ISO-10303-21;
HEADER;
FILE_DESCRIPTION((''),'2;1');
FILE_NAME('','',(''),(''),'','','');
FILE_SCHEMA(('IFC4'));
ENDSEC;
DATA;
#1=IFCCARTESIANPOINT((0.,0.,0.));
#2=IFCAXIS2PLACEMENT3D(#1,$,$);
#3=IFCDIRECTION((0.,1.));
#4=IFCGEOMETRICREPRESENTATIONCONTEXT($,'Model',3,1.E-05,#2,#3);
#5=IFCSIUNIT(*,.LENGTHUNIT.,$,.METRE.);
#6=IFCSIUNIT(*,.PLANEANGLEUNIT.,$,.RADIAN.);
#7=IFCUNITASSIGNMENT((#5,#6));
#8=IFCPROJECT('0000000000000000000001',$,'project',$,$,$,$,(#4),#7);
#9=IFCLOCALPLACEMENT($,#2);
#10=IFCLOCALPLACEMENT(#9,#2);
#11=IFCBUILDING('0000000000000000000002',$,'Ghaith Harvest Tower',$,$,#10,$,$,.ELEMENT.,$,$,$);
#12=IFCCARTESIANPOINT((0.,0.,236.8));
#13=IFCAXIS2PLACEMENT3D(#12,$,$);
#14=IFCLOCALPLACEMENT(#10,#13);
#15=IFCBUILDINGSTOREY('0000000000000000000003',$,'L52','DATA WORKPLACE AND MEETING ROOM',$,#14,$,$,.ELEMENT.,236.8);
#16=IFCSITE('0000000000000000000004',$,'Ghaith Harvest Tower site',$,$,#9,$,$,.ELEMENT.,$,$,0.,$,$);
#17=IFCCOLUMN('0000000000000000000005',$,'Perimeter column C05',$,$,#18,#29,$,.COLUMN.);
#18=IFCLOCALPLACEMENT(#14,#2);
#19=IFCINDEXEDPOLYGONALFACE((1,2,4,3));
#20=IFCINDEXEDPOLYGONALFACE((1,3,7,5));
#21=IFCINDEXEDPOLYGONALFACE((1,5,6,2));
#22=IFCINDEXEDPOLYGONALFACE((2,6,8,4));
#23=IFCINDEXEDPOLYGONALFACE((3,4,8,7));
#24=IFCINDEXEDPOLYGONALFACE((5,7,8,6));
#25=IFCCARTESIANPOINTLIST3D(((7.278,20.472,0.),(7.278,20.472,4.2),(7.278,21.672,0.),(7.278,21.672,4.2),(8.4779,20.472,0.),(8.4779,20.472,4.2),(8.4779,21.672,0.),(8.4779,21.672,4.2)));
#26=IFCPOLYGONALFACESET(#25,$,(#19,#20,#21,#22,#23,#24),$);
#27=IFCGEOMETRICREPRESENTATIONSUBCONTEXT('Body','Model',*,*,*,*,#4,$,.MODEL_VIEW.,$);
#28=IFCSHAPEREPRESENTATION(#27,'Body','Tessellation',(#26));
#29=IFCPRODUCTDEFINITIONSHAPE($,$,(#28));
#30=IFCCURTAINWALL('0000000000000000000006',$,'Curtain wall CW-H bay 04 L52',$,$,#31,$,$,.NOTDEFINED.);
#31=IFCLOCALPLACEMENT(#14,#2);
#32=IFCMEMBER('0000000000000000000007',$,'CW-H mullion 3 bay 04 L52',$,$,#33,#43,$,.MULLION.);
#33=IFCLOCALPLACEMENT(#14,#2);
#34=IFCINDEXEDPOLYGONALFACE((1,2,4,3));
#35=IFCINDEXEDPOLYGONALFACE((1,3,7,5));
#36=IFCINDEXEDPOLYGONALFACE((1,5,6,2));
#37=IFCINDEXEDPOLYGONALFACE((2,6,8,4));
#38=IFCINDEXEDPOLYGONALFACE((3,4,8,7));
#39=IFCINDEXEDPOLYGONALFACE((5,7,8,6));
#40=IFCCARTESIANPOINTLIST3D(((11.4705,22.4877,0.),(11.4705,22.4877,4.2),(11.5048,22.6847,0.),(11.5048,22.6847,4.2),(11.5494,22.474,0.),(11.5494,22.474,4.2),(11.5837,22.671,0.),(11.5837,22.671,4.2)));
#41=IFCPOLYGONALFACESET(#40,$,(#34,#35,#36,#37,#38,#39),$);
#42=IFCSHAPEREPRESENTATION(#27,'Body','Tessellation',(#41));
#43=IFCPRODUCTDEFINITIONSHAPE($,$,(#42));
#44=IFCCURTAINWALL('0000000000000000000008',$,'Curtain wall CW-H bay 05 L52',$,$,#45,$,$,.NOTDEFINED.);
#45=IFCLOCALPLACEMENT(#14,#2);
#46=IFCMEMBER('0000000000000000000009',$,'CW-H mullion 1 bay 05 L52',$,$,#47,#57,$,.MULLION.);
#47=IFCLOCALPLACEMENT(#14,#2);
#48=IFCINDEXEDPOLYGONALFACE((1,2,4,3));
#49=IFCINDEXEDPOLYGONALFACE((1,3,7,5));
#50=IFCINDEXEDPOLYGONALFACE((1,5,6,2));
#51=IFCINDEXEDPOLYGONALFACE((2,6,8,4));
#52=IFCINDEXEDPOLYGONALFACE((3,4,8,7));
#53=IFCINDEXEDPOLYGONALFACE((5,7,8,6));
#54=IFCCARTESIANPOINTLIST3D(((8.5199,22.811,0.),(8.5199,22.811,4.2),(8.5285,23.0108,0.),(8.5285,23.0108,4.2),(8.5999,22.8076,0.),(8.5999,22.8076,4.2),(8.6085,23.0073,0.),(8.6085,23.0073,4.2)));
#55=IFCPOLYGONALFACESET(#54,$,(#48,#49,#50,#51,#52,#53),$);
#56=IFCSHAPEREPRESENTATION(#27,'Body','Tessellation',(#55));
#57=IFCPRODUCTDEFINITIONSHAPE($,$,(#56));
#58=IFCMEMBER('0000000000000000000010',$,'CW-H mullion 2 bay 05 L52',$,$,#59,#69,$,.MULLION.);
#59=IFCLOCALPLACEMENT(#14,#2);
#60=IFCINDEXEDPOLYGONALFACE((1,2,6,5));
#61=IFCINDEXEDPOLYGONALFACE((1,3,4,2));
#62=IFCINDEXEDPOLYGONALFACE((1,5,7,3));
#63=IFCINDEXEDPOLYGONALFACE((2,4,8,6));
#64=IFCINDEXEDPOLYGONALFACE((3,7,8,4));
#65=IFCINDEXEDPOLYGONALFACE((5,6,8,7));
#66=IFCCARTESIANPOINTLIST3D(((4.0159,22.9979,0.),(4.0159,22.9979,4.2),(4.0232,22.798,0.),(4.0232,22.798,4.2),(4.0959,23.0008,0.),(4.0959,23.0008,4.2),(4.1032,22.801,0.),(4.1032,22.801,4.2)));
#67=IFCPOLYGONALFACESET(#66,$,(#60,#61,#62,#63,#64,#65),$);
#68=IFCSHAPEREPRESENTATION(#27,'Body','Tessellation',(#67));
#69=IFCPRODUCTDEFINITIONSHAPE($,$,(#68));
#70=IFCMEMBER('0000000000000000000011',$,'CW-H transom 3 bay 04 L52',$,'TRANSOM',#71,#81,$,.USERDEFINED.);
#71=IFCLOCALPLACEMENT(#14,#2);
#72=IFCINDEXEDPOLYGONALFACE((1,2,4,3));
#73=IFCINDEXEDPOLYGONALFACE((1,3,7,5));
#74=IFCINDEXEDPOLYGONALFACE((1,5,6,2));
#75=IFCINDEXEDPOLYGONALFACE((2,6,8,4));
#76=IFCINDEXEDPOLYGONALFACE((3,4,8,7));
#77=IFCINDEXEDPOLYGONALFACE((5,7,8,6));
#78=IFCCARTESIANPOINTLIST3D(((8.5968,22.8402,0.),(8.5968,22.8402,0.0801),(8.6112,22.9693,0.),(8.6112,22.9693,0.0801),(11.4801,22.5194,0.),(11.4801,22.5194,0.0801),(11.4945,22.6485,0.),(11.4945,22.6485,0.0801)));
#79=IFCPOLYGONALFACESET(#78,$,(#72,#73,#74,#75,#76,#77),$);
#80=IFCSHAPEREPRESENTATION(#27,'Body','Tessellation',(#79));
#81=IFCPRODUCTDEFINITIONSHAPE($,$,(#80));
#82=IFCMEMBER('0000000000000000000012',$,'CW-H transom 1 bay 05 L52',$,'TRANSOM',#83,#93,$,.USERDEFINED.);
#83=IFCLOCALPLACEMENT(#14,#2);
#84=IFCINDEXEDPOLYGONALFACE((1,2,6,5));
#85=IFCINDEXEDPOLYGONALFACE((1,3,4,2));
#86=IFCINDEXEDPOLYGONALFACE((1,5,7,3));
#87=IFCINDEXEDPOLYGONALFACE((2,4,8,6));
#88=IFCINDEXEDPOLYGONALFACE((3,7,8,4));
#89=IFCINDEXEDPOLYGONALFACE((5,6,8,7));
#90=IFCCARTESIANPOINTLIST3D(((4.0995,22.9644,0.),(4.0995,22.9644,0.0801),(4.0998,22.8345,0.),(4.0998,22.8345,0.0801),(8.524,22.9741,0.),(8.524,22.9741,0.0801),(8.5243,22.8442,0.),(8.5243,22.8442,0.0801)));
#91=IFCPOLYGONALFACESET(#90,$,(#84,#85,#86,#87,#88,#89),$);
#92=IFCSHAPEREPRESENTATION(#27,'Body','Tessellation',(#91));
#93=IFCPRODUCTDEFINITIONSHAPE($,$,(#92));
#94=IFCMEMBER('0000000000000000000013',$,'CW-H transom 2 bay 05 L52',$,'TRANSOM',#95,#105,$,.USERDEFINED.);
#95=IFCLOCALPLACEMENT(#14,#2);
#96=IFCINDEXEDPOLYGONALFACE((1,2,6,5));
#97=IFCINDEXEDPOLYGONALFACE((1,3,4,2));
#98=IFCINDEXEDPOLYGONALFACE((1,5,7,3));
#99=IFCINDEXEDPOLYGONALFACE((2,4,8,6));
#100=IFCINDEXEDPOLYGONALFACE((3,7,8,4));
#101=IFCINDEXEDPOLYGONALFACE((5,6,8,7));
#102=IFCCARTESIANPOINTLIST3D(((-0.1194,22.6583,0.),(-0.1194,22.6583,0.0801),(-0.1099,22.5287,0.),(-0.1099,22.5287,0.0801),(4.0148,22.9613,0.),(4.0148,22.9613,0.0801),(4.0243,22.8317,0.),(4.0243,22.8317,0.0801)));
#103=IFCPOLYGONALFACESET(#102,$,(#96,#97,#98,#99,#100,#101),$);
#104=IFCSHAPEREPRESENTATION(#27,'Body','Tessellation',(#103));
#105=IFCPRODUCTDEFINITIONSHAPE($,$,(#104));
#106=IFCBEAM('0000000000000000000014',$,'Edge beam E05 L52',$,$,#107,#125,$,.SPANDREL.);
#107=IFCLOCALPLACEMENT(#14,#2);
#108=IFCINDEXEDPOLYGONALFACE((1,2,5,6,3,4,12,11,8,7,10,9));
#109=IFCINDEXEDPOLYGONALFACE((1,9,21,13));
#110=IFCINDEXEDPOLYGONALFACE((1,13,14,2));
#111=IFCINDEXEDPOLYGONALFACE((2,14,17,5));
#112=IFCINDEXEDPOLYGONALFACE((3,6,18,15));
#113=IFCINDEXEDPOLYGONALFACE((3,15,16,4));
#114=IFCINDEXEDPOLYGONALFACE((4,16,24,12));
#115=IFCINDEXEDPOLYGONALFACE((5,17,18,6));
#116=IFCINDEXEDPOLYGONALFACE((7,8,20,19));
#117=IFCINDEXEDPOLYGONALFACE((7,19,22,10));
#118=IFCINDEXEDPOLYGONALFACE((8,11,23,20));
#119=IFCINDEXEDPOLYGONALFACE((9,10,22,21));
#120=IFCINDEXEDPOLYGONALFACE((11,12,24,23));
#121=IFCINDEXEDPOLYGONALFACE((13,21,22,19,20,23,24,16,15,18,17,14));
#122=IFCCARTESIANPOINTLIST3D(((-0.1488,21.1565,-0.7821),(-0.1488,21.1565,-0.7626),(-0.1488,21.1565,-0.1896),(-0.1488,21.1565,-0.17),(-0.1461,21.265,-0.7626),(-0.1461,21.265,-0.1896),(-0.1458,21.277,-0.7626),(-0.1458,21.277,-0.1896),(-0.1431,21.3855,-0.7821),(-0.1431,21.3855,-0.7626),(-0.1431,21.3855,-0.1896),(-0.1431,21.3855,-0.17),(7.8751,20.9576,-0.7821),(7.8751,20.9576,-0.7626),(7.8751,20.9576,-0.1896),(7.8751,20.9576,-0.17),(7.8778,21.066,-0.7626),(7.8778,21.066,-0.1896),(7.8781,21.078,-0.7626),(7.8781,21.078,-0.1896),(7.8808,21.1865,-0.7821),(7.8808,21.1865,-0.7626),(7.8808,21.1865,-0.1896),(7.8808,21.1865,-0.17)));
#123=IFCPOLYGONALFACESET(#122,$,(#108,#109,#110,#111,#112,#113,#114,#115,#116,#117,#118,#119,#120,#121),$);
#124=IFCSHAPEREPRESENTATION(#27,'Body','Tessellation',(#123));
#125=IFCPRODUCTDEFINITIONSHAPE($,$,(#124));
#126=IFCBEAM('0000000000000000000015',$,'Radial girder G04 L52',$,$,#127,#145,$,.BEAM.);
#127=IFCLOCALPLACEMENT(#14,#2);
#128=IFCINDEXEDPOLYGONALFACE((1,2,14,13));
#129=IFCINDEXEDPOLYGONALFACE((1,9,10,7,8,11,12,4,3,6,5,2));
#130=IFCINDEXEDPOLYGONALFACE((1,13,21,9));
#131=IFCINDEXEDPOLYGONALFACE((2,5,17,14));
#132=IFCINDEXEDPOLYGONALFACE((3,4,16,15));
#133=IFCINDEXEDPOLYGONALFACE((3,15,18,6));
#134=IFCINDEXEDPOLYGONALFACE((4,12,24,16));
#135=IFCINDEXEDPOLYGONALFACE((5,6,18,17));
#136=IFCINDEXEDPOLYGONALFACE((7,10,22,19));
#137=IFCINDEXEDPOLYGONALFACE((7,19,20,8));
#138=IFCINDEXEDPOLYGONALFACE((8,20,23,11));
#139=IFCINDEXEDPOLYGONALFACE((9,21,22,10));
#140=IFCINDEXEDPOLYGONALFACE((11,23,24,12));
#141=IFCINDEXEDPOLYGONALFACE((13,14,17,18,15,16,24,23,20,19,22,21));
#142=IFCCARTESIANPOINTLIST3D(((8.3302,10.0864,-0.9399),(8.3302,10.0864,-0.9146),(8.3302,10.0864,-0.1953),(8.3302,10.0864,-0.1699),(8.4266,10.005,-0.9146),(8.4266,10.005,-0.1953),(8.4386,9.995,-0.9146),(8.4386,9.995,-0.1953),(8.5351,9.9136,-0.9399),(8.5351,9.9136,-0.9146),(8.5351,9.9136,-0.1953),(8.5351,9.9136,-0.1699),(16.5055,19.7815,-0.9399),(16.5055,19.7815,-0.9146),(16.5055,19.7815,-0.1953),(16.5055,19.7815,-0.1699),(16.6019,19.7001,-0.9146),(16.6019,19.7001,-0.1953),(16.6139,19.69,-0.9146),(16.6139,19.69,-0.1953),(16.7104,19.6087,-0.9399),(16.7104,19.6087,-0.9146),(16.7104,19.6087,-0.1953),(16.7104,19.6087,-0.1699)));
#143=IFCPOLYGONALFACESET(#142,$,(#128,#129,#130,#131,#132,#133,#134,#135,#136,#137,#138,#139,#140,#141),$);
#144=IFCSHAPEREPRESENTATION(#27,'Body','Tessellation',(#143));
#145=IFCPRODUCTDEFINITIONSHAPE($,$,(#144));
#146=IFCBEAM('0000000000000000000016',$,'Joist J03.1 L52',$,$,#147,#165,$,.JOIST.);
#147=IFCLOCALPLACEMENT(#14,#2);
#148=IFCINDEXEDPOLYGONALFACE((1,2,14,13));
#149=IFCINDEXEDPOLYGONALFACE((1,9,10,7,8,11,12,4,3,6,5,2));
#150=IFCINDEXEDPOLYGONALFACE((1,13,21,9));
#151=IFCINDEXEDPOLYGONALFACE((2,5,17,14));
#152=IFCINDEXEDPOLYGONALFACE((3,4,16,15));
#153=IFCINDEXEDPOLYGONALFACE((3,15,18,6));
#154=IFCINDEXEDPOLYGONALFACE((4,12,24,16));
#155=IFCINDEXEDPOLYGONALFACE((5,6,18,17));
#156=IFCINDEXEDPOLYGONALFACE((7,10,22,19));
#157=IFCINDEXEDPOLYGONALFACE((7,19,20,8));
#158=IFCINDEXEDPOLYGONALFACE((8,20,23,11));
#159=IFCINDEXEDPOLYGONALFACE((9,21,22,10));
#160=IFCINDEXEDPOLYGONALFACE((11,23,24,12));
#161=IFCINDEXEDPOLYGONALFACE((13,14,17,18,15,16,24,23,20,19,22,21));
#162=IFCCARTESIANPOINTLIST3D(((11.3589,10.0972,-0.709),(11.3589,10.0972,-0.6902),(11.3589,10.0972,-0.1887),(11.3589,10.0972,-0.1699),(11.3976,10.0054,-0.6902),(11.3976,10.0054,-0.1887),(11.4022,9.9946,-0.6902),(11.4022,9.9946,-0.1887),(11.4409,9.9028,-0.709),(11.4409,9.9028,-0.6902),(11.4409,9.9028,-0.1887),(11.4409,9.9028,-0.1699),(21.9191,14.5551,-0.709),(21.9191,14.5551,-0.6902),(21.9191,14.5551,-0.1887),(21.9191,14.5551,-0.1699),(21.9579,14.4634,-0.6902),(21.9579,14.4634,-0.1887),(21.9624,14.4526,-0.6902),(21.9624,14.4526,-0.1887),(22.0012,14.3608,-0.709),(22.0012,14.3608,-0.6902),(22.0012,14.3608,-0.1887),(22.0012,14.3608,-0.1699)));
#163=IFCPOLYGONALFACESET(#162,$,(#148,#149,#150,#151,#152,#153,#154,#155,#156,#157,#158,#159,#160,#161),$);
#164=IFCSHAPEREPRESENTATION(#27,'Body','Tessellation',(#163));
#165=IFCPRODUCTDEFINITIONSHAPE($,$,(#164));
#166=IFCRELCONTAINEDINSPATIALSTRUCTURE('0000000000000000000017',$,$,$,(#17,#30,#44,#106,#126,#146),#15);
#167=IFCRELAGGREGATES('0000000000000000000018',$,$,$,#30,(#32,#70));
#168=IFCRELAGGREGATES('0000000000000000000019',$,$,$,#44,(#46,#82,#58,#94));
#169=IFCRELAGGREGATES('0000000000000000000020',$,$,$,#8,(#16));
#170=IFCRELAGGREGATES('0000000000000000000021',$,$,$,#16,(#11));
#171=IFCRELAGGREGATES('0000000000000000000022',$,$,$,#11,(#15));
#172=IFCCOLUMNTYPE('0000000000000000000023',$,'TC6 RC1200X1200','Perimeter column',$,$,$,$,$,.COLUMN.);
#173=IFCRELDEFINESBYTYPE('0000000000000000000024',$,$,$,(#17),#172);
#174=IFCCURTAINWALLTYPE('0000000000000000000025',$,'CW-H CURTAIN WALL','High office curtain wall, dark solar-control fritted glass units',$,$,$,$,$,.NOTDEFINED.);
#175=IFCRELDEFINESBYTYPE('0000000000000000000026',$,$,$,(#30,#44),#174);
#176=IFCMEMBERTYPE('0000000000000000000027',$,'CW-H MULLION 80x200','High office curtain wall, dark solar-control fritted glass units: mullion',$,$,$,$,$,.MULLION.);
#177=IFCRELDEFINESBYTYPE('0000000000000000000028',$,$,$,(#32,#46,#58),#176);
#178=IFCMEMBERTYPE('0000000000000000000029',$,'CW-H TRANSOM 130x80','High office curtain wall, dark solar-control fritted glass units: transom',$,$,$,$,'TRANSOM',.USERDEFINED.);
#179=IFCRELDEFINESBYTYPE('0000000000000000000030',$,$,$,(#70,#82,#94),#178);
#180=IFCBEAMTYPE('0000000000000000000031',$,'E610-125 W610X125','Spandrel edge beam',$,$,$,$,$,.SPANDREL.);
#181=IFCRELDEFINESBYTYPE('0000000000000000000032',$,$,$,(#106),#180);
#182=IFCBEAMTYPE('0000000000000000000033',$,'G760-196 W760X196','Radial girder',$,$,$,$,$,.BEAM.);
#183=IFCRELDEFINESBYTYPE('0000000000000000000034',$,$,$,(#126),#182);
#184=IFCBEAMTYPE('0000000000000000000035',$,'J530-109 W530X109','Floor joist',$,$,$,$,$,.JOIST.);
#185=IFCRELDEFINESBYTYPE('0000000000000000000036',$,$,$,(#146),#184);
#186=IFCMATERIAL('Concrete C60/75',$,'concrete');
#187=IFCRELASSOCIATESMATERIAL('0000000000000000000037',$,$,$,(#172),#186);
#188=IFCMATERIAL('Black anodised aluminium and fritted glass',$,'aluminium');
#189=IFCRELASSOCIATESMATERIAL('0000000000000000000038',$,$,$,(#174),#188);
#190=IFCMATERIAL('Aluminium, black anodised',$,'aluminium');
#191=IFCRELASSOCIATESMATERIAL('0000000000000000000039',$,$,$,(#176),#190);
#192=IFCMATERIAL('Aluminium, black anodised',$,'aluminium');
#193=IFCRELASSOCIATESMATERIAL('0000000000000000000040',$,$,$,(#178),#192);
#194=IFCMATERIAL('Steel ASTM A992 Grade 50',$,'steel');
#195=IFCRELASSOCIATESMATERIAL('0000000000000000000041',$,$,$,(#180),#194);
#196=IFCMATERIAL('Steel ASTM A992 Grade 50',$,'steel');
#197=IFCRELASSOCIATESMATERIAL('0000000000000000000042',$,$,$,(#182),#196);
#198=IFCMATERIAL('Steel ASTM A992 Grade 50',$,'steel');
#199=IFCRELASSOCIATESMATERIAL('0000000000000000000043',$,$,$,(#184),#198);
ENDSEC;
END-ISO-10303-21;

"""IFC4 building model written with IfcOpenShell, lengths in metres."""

from ifc_helpers import new_model, si_unit, direction, frame, origin, origin_2d, place, context, subcontext, project, spatial, rectangle, i_section, extrude, material, material_profile, profile_set, type_object, element, aggregate, save


model = new_model("IFC4")

# Units and contexts
model_context = context("Model", 3, precision=1e-05, world=origin(), true_north=direction((0.0, 1.0)))
body_context = subcontext(model_context, "Body", "Model", "MODEL_VIEW")
ifc_project = project(units=[si_unit("LENGTHUNIT", "METRE"), si_unit("PLANEANGLEUNIT", "RADIAN")], contexts=[model_context])

# Site, building, storey
site_placement = place(None, origin())
site = spatial("IfcSite", under=ifc_project, at=site_placement, Name="Ghaith Harvest Tower site", CompositionType="ELEMENT", RefElevation=0.0)
building_placement = place(site_placement, origin())
building = spatial("IfcBuilding", under=site, at=building_placement, Name="Ghaith Harvest Tower", CompositionType="ELEMENT")
storey_placement = place(building_placement, frame((0.0, 0.0, 236.8)))
storey = spatial("IfcBuildingStorey", under=building, at=storey_placement, Name="L52", Description="DATA WORKPLACE AND MEETING ROOM", CompositionType="ELEMENT", Elevation=236.8)

# Column
ifc_material_1 = material(Name="Concrete C60/75", Category="concrete")
ifc_material_profile_1 = material_profile(ifc_material_1, rectangle(XDim=1.2, YDim=1.2, at=origin_2d()), Name="RC1200X1200")
ifc_profile_set_1 = profile_set([ifc_material_profile_1], Name="Concrete C60/75")
column_type = type_object("IfcColumnType", Name="TC6 RC1200X1200", Description="Perimeter column", PredefinedType="COLUMN", material=ifc_profile_set_1)
column_placement = place(storey_placement, frame((7.8779, 21.072, 0.0), z_axis=(0.0, 0.0, 1.0), x_axis=(1.0, 0.0, 0.0)))
element("IfcColumn", 1, at=column_placement, inside=storey, type_object=column_type, Name="Perimeter column C05", PredefinedType="COLUMN", context=body_context, shape_type="SweptSolid", body=[
    extrude(rectangle(XDim=1.2, YDim=1.2, at=origin_2d()), origin(), (0.0, 0.0, 1.0), 4.2),
])

# Curtain wall, member
ifc_material_2 = material(Name="Black anodised aluminium and fritted glass", Category="aluminium")
curtain_wall_type = type_object("IfcCurtainWallType", Name="CW-H CURTAIN WALL", Description="High office curtain wall, dark solar-control fritted glass units", PredefinedType="NOTDEFINED", material=ifc_material_2)
curtain_wall_1_placement = place(storey_placement, origin())
curtain_wall_1 = element("IfcCurtainWall", 2, at=curtain_wall_1_placement, inside=storey, type_object=curtain_wall_type, Name="Curtain wall CW-H bay 04 L52", PredefinedType="NOTDEFINED")
ifc_material_3 = material(Name="Aluminium, black anodised", Category="aluminium")
ifc_material_profile_2 = material_profile(ifc_material_3, rectangle(XDim=0.0801, YDim=0.2, at=origin_2d()), Name="CW-H MULLION 80x200")
ifc_profile_set_2 = profile_set([ifc_material_profile_2], Name="Aluminium, black anodised")
member_type_1 = type_object("IfcMemberType", Name="CW-H MULLION 80x200", Description="High office curtain wall, dark solar-control fritted glass units: mullion", PredefinedType="MULLION", material=ifc_profile_set_2)
member_1_placement = place(storey_placement, frame((11.5271, 22.5793, 0.0), z_axis=(0.0, 0.0, 1.0), x_axis=(-0.985193, 0.171447, 0.0)))
member_1 = element("IfcMember", 3, at=member_1_placement, type_object=member_type_1, Name="CW-H mullion 3 bay 04 L52", PredefinedType="MULLION", context=body_context, shape_type="SweptSolid", body=[
    extrude(rectangle(XDim=0.0801, YDim=0.2, at=origin_2d()), origin(), (0.0, 0.0, 1.0), 4.2),
])

# Curtain wall, members
curtain_wall_2_placement = place(storey_placement, origin())
curtain_wall_2 = element("IfcCurtainWall", 4, at=curtain_wall_2_placement, inside=storey, type_object=curtain_wall_type, Name="Curtain wall CW-H bay 05 L52", PredefinedType="NOTDEFINED")
member_2_placement = place(storey_placement, frame((8.5642, 22.9092, 0.0), z_axis=(0.0, 0.0, 1.0), x_axis=(-0.999084, 0.042803, 0.0)))
member_2 = element("IfcMember", 5, at=member_2_placement, type_object=member_type_1, Name="CW-H mullion 1 bay 05 L52", PredefinedType="MULLION", context=body_context, shape_type="SweptSolid", body=[
    extrude(rectangle(XDim=0.0801, YDim=0.2, at=origin_2d()), origin(), (0.0, 0.0, 1.0), 4.2),
])
member_3_placement = place(storey_placement, frame((4.0596, 22.8994, 0.0), z_axis=(0.0, 0.0, 1.0), x_axis=(-0.999333, -0.036524, 0.0)))
member_3 = element("IfcMember", 6, at=member_3_placement, type_object=member_type_1, Name="CW-H mullion 2 bay 05 L52", PredefinedType="MULLION", context=body_context, shape_type="SweptSolid", body=[
    extrude(rectangle(XDim=0.0801, YDim=0.2, at=origin_2d()), origin(), (0.0, 0.0, 1.0), 4.2),
])

# Members
ifc_material_4 = material(Name="Aluminium, black anodised", Category="aluminium")
ifc_material_profile_3 = material_profile(ifc_material_4, rectangle(XDim=0.1299, YDim=0.0801, at=origin_2d()), Name="CW-H TRANSOM 130x80")
ifc_profile_set_3 = profile_set([ifc_material_profile_3], Name="Aluminium, black anodised")
member_type_2 = type_object("IfcMemberType", Name="CW-H TRANSOM 130x80", Description="High office curtain wall, dark solar-control fritted glass units: transom", ElementType="TRANSOM", PredefinedType="USERDEFINED", material=ifc_profile_set_3)
member_4_placement = place(storey_placement, frame((11.4873, 22.584, 0.04), z_axis=(-0.993867, 0.110579, 0.0), x_axis=(-0.110579, -0.993867, 0.0)))
member_4 = element("IfcMember", 7, at=member_4_placement, type_object=member_type_2, Name="CW-H transom 3 bay 04 L52", ObjectType="TRANSOM", PredefinedType="USERDEFINED", context=body_context, shape_type="SweptSolid", body=[
    extrude(rectangle(XDim=0.1299, YDim=0.0801, at=origin_2d()), origin(), (0.0, 0.0, 1.0), 2.9011),
])
member_5_placement = place(storey_placement, frame((8.5242, 22.9092, 0.04), z_axis=(-0.999998, -0.002207, 0.0), x_axis=(0.002207, -0.999998, 0.0)))
member_5 = element("IfcMember", 8, at=member_5_placement, type_object=member_type_2, Name="CW-H transom 1 bay 05 L52", ObjectType="TRANSOM", PredefinedType="USERDEFINED", context=body_context, shape_type="SweptSolid", body=[
    extrude(rectangle(XDim=0.1299, YDim=0.0801, at=origin_2d()), origin(), (0.0, 0.0, 1.0), 4.4246),
])
member_6_placement = place(storey_placement, frame((4.0195, 22.8965, 0.04), z_axis=(-0.997325, -0.073089, 0.0), x_axis=(0.073089, -0.997325, 0.0)))
member_6 = element("IfcMember", 9, at=member_6_placement, type_object=member_type_2, Name="CW-H transom 2 bay 05 L52", ObjectType="TRANSOM", PredefinedType="USERDEFINED", context=body_context, shape_type="SweptSolid", body=[
    extrude(rectangle(XDim=0.1299, YDim=0.0801, at=origin_2d()), origin(), (0.0, 0.0, 1.0), 4.1453),
])

# Beams
ifc_material_5 = material(Name="Steel ASTM A992 Grade 50", Category="steel")
ifc_material_profile_4 = material_profile(ifc_material_5, i_section(OverallWidth=0.229, OverallDepth=0.6121, WebThickness=0.012, FlangeThickness=0.0195, at=origin_2d()), Name="W610X125")
ifc_profile_set_4 = profile_set([ifc_material_profile_4], Name="Steel ASTM A992 Grade 50")
beam_type_1 = type_object("IfcBeamType", Name="E610-125 W610X125", Description="Spandrel edge beam", PredefinedType="SPANDREL", material=ifc_profile_set_4)
beam_1_placement = place(storey_placement, frame((7.8779, 21.072, -0.4761), z_axis=(-0.999693, 0.02479, 0.0), x_axis=(-0.02479, -0.999693, 0.0)))
element("IfcBeam", 10, at=beam_1_placement, inside=storey, type_object=beam_type_1, Name="Edge beam E05 L52", PredefinedType="SPANDREL", context=body_context, shape_type="SweptSolid", body=[
    extrude(i_section(OverallWidth=0.229, OverallDepth=0.6121, WebThickness=0.012, FlangeThickness=0.0195, at=origin_2d()), origin(), (0.0, 0.0, 1.0), 8.0264),
])
ifc_material_6 = material(Name="Steel ASTM A992 Grade 50", Category="steel")
ifc_material_profile_5 = material_profile(ifc_material_6, i_section(OverallWidth=0.2681, OverallDepth=0.77, WebThickness=0.0156, FlangeThickness=0.0254, at=origin_2d()), Name="W760X196")
ifc_profile_set_5 = profile_set([ifc_material_profile_5], Name="Steel ASTM A992 Grade 50")
beam_type_2 = type_object("IfcBeamType", Name="G760-196 W760X196", Description="Radial girder", PredefinedType="BEAM", material=ifc_profile_set_5)
beam_2_placement = place(storey_placement, frame((8.4326, 10.0, -0.5549), z_axis=(0.644644, 0.764483, 0.0), x_axis=(-0.764483, 0.644644, 0.0)))
element("IfcBeam", 11, at=beam_2_placement, inside=storey, type_object=beam_type_2, Name="Radial girder G04 L52", PredefinedType="BEAM", context=body_context, shape_type="SweptSolid", body=[
    extrude(i_section(OverallWidth=0.2681, OverallDepth=0.77, WebThickness=0.0156, FlangeThickness=0.0254, at=origin_2d()), origin(), (0.0, 0.0, 1.0), 12.6819),
])
ifc_material_7 = material(Name="Steel ASTM A992 Grade 50", Category="steel")
ifc_material_profile_6 = material_profile(ifc_material_7, i_section(OverallWidth=0.2109, OverallDepth=0.5391, WebThickness=0.0117, FlangeThickness=0.0188, at=origin_2d()), Name="W530X109")
ifc_profile_set_6 = profile_set([ifc_material_profile_6], Name="Steel ASTM A992 Grade 50")
beam_type_3 = type_object("IfcBeamType", Name="J530-109 W530X109", Description="Floor joist", PredefinedType="JOIST", material=ifc_profile_set_6)
beam_3_placement = place(storey_placement, frame((11.3999, 10.0, -0.4395), z_axis=(0.921274, 0.388914, 0.0), x_axis=(-0.388914, 0.921274, 0.0)))
element("IfcBeam", 12, at=beam_3_placement, inside=storey, type_object=beam_type_3, Name="Joist J03.1 L52", PredefinedType="JOIST", context=body_context, shape_type="SweptSolid", body=[
    extrude(i_section(OverallWidth=0.2109, OverallDepth=0.5391, WebThickness=0.0117, FlangeThickness=0.0188, at=origin_2d()), origin(), (0.0, 0.0, 1.0), 11.4626),
])

aggregate(curtain_wall_1, [member_1, member_4])
aggregate(curtain_wall_2, [member_2, member_5, member_3, member_6])

save(model, "model.ifc")
